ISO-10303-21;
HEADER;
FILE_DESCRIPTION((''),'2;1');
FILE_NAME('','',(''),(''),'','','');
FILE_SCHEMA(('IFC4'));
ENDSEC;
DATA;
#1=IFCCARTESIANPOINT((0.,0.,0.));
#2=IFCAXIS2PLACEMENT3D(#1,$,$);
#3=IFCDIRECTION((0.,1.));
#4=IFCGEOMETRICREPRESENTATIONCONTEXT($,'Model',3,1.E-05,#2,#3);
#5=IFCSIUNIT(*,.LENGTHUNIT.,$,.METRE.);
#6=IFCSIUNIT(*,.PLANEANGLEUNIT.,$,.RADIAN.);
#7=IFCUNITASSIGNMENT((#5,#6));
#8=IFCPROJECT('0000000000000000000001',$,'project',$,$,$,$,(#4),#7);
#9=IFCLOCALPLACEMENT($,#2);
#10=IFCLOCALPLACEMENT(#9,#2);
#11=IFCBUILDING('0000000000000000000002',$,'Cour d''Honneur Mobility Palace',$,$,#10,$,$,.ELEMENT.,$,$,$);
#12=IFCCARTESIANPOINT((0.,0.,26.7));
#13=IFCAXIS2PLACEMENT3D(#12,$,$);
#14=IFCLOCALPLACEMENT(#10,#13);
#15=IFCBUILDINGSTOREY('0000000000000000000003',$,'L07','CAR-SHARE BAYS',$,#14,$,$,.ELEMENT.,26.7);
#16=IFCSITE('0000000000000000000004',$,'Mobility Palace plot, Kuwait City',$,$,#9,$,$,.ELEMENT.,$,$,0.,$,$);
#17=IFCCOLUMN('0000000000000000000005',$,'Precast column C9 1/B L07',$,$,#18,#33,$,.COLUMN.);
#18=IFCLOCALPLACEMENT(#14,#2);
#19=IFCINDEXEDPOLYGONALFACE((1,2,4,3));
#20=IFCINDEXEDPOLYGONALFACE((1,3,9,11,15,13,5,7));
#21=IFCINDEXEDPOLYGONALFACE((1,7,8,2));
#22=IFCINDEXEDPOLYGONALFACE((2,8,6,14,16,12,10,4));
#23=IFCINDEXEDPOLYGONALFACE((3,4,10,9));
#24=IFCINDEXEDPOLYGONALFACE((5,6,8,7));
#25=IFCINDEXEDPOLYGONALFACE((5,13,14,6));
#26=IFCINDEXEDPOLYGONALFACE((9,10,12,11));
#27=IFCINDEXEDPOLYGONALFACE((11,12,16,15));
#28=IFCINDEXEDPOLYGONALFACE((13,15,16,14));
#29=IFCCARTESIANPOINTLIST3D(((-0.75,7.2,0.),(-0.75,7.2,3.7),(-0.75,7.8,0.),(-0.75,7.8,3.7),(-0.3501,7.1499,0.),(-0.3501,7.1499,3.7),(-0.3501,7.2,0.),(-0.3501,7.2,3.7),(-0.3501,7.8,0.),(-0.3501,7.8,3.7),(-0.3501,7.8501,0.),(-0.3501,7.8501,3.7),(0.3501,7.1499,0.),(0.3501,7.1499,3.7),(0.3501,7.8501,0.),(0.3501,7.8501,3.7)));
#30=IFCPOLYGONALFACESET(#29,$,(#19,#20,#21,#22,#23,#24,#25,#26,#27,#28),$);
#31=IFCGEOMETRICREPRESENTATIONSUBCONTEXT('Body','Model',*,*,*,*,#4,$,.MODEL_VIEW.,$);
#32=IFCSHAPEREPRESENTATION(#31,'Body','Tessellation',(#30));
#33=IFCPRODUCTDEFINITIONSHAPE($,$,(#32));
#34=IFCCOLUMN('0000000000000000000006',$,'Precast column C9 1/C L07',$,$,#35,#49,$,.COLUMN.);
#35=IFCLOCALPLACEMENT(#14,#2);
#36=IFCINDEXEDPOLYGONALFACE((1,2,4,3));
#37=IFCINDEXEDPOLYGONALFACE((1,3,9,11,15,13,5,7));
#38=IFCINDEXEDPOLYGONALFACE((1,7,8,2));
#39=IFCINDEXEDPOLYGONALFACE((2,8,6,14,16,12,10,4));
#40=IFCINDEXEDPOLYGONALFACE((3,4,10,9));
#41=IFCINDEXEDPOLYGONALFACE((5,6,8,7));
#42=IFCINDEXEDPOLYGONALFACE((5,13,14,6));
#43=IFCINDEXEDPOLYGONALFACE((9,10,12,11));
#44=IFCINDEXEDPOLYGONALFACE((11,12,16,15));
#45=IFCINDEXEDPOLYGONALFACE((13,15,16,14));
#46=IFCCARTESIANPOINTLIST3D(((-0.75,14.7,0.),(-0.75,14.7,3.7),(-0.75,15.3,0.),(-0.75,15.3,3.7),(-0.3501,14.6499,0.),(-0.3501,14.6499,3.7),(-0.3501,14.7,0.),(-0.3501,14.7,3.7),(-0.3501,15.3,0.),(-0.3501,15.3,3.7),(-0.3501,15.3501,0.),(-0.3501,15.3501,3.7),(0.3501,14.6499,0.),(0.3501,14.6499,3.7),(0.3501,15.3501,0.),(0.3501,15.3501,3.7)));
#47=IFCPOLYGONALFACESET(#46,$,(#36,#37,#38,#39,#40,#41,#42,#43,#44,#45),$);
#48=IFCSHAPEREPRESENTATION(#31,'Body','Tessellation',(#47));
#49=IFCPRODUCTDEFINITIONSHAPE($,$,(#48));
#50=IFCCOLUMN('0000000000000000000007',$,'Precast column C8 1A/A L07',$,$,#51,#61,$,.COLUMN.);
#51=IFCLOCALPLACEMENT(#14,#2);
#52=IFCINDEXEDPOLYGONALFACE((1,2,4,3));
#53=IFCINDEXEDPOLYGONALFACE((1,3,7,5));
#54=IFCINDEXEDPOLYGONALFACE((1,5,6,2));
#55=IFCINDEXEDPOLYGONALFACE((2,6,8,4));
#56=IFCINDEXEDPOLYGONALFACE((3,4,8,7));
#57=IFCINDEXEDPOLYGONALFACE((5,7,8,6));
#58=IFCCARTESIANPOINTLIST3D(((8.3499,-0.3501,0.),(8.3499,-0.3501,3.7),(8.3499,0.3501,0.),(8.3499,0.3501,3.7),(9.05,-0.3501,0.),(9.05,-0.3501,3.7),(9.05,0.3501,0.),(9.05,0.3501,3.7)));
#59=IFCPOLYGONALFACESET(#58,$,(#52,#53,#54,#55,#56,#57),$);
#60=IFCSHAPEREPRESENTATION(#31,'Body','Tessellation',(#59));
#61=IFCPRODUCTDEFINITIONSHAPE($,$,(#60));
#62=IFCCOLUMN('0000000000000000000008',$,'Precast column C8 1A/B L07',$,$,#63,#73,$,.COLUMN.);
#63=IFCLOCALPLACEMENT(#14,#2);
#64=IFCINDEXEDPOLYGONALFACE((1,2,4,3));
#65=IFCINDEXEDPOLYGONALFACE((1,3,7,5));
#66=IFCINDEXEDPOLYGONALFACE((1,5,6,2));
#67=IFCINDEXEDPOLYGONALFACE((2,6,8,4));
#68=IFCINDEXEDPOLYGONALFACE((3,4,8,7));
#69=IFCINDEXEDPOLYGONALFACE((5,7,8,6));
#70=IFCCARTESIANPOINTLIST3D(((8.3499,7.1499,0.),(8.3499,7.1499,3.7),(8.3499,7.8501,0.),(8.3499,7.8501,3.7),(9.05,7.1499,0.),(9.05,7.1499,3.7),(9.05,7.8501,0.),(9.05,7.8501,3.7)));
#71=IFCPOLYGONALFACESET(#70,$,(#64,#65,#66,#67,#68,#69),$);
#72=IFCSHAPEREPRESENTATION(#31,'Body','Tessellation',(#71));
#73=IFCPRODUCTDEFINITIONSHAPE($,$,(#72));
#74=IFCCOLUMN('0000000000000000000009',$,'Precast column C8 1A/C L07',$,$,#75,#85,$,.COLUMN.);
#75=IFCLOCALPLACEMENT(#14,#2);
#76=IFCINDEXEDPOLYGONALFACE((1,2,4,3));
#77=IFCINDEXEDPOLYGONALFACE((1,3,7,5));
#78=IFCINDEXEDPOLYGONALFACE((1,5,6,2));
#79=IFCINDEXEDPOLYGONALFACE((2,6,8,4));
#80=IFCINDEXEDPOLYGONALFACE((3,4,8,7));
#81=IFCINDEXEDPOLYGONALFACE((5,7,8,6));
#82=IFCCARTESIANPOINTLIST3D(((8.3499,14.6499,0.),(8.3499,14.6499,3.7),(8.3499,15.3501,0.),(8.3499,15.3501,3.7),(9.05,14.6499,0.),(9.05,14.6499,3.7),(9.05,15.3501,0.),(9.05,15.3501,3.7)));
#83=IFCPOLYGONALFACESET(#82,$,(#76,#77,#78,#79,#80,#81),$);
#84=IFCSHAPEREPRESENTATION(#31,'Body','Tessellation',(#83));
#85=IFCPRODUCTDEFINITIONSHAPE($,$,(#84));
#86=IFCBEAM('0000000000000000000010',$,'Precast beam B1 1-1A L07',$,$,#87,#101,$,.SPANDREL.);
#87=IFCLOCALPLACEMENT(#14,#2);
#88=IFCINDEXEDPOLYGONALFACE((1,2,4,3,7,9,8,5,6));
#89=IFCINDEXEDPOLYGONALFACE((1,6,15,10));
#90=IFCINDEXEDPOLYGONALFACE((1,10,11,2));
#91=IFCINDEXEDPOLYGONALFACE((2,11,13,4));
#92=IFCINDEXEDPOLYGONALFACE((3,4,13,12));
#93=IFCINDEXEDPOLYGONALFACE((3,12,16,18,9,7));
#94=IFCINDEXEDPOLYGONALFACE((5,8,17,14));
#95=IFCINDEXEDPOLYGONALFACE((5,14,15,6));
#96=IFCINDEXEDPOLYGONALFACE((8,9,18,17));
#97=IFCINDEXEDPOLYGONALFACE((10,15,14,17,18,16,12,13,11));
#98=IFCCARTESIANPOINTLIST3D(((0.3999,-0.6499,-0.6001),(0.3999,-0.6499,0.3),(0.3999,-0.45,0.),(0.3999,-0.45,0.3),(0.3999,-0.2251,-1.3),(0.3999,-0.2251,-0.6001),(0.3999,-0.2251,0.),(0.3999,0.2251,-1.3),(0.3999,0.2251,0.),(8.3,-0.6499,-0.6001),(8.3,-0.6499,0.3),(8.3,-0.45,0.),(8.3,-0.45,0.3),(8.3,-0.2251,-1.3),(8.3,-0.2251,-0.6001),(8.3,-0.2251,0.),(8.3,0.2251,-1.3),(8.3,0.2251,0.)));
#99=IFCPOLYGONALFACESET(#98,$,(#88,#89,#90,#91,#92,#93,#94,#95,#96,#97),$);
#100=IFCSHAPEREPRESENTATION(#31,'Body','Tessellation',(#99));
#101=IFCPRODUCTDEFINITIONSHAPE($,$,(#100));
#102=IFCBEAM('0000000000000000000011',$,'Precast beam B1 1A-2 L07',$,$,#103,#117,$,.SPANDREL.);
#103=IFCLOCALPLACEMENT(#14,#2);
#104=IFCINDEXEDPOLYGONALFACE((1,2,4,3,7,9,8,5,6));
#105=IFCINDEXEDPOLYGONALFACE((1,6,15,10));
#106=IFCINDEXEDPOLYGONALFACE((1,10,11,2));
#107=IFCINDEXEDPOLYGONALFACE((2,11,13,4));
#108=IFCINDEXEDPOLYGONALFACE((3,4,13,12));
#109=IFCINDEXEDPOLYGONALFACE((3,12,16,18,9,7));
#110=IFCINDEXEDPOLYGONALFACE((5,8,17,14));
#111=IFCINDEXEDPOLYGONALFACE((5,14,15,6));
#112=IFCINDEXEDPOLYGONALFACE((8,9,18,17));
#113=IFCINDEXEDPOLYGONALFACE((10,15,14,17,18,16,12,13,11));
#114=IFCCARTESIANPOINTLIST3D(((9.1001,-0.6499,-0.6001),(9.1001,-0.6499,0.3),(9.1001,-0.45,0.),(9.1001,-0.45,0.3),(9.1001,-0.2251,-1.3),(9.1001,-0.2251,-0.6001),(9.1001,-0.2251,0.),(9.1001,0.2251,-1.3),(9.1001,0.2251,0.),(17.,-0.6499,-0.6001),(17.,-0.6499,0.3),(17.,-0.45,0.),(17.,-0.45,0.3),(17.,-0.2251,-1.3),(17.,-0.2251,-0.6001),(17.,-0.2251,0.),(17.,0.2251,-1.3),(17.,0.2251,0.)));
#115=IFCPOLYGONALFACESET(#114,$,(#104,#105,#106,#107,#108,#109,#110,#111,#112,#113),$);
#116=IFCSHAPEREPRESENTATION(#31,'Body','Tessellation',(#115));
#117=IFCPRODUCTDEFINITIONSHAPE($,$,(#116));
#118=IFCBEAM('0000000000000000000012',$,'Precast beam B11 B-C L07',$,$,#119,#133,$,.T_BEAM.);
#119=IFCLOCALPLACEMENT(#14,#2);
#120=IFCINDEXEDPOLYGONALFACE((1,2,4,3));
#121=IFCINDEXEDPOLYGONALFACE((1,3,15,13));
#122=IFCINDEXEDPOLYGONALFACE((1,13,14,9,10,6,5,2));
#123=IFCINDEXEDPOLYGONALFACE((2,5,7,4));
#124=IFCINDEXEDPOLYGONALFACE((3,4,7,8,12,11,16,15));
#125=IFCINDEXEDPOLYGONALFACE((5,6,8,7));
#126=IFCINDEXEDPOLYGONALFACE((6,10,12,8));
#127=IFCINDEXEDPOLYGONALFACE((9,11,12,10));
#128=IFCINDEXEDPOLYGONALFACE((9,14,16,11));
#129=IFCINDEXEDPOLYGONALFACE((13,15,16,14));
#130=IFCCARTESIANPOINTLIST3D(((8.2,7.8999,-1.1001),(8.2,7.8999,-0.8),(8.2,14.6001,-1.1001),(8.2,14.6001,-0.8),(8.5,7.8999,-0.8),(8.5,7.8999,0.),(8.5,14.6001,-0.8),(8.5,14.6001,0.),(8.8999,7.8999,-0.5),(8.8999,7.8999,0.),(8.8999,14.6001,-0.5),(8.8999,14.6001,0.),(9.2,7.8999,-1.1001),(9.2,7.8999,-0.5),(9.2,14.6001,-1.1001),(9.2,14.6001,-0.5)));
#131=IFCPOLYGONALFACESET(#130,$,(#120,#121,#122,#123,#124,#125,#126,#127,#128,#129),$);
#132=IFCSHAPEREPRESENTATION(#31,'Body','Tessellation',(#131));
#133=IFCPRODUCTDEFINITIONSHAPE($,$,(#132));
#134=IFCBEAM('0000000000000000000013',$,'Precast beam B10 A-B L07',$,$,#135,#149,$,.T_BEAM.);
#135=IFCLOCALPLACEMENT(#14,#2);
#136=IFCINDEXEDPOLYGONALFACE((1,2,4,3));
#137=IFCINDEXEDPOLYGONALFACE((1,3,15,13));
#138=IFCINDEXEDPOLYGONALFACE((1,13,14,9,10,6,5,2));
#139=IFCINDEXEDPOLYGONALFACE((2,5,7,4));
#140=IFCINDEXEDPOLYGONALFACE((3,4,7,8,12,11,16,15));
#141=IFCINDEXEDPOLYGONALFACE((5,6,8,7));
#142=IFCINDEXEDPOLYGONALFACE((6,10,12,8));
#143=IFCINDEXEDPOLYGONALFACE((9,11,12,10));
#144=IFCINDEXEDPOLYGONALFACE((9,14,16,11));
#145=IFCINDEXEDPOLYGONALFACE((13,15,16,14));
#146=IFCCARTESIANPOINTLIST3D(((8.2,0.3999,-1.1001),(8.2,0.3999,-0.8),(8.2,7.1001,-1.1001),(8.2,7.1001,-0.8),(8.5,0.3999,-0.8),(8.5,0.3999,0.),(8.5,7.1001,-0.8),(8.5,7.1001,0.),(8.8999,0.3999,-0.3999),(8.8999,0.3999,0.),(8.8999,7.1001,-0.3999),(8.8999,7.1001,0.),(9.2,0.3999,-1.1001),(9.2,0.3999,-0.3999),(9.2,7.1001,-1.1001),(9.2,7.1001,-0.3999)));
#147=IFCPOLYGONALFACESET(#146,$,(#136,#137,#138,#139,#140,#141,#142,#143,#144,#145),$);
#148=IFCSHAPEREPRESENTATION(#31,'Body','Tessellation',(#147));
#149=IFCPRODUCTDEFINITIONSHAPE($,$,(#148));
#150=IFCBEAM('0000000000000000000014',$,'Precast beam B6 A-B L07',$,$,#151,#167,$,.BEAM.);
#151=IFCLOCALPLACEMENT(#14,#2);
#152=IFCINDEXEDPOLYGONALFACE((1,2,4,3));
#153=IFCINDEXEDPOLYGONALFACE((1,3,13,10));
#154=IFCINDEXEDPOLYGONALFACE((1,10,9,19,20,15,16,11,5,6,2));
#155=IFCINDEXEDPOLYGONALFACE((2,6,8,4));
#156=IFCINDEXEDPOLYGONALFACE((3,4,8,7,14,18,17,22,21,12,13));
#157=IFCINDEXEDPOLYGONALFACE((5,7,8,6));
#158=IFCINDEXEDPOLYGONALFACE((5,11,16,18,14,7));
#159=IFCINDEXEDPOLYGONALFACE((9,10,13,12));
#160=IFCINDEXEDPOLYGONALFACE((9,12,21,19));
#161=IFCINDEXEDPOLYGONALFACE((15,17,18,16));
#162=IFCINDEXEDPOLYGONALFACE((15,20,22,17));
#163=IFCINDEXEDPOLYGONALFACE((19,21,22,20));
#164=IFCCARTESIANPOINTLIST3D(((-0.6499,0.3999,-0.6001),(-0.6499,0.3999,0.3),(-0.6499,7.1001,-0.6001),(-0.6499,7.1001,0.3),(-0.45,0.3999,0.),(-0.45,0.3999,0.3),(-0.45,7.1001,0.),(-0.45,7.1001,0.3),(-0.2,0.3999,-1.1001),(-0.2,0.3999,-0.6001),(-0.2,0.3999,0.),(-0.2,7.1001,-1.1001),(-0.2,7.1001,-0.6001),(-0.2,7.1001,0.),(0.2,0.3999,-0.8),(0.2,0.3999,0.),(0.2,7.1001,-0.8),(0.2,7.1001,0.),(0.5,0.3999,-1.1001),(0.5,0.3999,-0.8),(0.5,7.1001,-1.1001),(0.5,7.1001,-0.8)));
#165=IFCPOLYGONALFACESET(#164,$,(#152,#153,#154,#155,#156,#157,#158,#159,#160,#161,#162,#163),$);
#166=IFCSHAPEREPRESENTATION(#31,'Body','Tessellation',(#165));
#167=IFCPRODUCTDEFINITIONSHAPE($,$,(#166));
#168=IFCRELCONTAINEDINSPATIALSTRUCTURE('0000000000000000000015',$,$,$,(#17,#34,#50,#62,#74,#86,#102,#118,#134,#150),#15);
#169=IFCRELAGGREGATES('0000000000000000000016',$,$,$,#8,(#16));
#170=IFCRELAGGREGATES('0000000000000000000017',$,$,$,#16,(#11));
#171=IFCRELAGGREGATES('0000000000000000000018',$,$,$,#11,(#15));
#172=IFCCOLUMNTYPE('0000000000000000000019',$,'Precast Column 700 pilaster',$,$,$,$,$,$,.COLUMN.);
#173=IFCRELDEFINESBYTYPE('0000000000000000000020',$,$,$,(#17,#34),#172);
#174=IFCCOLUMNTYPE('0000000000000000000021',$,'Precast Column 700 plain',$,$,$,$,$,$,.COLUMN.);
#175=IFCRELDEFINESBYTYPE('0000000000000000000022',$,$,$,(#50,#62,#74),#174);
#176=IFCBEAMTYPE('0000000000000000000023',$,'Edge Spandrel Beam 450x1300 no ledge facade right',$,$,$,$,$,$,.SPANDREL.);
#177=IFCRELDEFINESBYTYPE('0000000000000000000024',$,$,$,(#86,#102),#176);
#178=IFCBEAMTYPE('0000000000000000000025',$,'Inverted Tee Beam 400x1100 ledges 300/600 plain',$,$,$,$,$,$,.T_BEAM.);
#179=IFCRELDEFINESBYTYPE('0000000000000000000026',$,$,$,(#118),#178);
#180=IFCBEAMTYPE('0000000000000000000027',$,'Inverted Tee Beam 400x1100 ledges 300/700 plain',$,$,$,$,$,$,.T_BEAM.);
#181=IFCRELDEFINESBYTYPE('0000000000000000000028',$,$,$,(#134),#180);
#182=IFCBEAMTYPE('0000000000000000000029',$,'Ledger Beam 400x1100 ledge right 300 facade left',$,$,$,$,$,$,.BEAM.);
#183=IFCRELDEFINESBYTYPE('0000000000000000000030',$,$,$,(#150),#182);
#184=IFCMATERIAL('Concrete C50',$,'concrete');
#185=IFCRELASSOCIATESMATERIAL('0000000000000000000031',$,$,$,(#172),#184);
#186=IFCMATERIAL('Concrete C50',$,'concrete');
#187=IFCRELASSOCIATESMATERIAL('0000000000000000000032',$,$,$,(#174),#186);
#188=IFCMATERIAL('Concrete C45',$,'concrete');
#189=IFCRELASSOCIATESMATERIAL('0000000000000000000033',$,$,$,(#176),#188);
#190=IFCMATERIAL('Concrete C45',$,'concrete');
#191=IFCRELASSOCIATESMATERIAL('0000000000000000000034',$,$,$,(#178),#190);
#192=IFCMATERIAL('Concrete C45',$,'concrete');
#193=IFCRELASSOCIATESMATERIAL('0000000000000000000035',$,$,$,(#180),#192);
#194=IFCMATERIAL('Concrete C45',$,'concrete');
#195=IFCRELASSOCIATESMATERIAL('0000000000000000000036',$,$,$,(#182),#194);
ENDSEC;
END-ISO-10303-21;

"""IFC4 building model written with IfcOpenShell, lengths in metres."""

from ifc_helpers import new_model, si_unit, direction, frame, origin, place, context, subcontext, project, spatial, polyline, outline, extrude, material, material_profile, profile_set, type_object, element, save


model = new_model("IFC4")

# Units and contexts
model_context = context("Model", 3, precision=1e-05, world=origin(), true_north=direction((0.0, 1.0)))
body_context = subcontext(model_context, "Body", "Model", "MODEL_VIEW")
ifc_project = project(units=[si_unit("LENGTHUNIT", "METRE"), si_unit("PLANEANGLEUNIT", "RADIAN")], contexts=[model_context])

# Site, building, storey
site_placement = place(None, origin())
site = spatial("IfcSite", under=ifc_project, at=site_placement, Name="Mobility Palace plot, Kuwait City", CompositionType="ELEMENT", RefElevation=0.0)
building_placement = place(site_placement, origin())
building = spatial("IfcBuilding", under=site, at=building_placement, Name="Cour d'Honneur Mobility Palace", CompositionType="ELEMENT")
storey_placement = place(building_placement, frame((0.0, 0.0, 26.7)))
storey = spatial("IfcBuildingStorey", under=building, at=storey_placement, Name="L07", Description="CAR-SHARE BAYS", CompositionType="ELEMENT", Elevation=26.7)

# Columns
ifc_material_1 = material(Name="Concrete C50", Category="concrete")
ifc_material_profile_1 = material_profile(ifc_material_1, outline(polyline([(-0.3501, -0.3501), (0.3501, -0.3501), (0.3501, -0.3), (0.75, -0.3), (0.75, 0.3), (0.3501, 0.3), (0.3501, 0.3501), (-0.3501, 0.3501), (-0.3501, -0.3501)])), Name="PC C700 pilaster")
ifc_profile_set_1 = profile_set([ifc_material_profile_1], Name="Concrete C50")
column_type_1 = type_object("IfcColumnType", Name="Precast Column 700 pilaster", PredefinedType="COLUMN", material=ifc_profile_set_1)
for number, where, z_axis, x_axis, name in (
    (1, (0.0, 7.5, 0.0), (0.0, 0.0, 1.0), (-1.0, 0.0, 0.0), "Precast column C9 1/B L07"),
    (2, (0.0, 15.0, 0.0), (0.0, 0.0, 1.0), (-1.0, 0.0, 0.0), "Precast column C9 1/C L07"),
):
    element("IfcColumn", number, at=place(storey_placement, frame(where, z_axis=z_axis, x_axis=x_axis)), inside=storey, type_object=column_type_1, Name=name, PredefinedType="COLUMN", context=body_context, shape_type="SweptSolid", body=[
        extrude(outline(polyline([(-0.3501, -0.3501), (0.3501, -0.3501), (0.3501, -0.3), (0.75, -0.3), (0.75, 0.3), (0.3501, 0.3), (0.3501, 0.3501), (-0.3501, 0.3501), (-0.3501, -0.3501)])), origin(), (0.0, 0.0, 1.0), 3.7),
    ])
ifc_material_2 = material(Name="Concrete C50", Category="concrete")
ifc_material_profile_2 = material_profile(ifc_material_2, outline(polyline([(-0.3501, -0.3501), (0.3501, -0.3501), (0.3501, 0.3501), (-0.3501, 0.3501), (-0.3501, -0.3501)])), Name="PC C700 plain")
ifc_profile_set_2 = profile_set([ifc_material_profile_2], Name="Concrete C50")
column_type_2 = type_object("IfcColumnType", Name="Precast Column 700 plain", PredefinedType="COLUMN", material=ifc_profile_set_2)
for number, where, z_axis, x_axis, name in (
    (3, (8.7, 0.0, 0.0), (0.0, 0.0, 1.0), (1.0, 0.0, 0.0), "Precast column C8 1A/A L07"),
    (4, (8.7, 7.5, 0.0), (0.0, 0.0, 1.0), (1.0, 0.0, 0.0), "Precast column C8 1A/B L07"),
    (5, (8.7, 15.0, 0.0), (0.0, 0.0, 1.0), (1.0, 0.0, 0.0), "Precast column C8 1A/C L07"),
):
    element("IfcColumn", number, at=place(storey_placement, frame(where, z_axis=z_axis, x_axis=x_axis)), inside=storey, type_object=column_type_2, Name=name, PredefinedType="COLUMN", context=body_context, shape_type="SweptSolid", body=[
        extrude(outline(polyline([(-0.3501, -0.3501), (0.3501, -0.3501), (0.3501, 0.3501), (-0.3501, 0.3501), (-0.3501, -0.3501)])), origin(), (0.0, 0.0, 1.0), 3.7),
    ])

# Beams
ifc_material_3 = material(Name="Concrete C45", Category="concrete")
ifc_material_profile_3 = material_profile(ifc_material_3, outline(polyline([(0.2251, -1.3), (0.2251, 0.0), (-0.2251, 0.0), (-0.45, 0.0), (-0.45, 0.3), (-0.6499, 0.3), (-0.6499, -0.6001), (-0.2251, -0.6001), (-0.2251, -1.3), (0.2251, -1.3)])), Name="Edge Spandrel Beam 450x1300 no ledge facade right")
ifc_profile_set_3 = profile_set([ifc_material_profile_3], Name="Concrete C45")
beam_type_1 = type_object("IfcBeamType", Name="Edge Spandrel Beam 450x1300 no ledge facade right", PredefinedType="SPANDREL", material=ifc_profile_set_3)
beam_1_placement = place(storey_placement, frame((0.3999, 0.0, 0.0), z_axis=(1.0, 0.0, 0.0), x_axis=(0.0, 1.0, 0.0)))
element("IfcBeam", 6, at=beam_1_placement, inside=storey, type_object=beam_type_1, Name="Precast beam B1 1-1A L07", PredefinedType="SPANDREL", context=body_context, shape_type="SweptSolid", body=[
    extrude(outline(polyline([(0.2251, -1.3), (0.2251, 0.0), (-0.2251, 0.0), (-0.45, 0.0), (-0.45, 0.3), (-0.6499, 0.3), (-0.6499, -0.6001), (-0.2251, -0.6001), (-0.2251, -1.3), (0.2251, -1.3)])), origin(), (0.0, 0.0, 1.0), 7.9001),
])
beam_2_placement = place(storey_placement, frame((9.1001, 0.0, 0.0), z_axis=(1.0, 0.0, 0.0), x_axis=(0.0, 1.0, 0.0)))
element("IfcBeam", 7, at=beam_2_placement, inside=storey, type_object=beam_type_1, Name="Precast beam B1 1A-2 L07", PredefinedType="SPANDREL", context=body_context, shape_type="SweptSolid", body=[
    extrude(outline(polyline([(0.2251, -1.3), (0.2251, 0.0), (-0.2251, 0.0), (-0.45, 0.0), (-0.45, 0.3), (-0.6499, 0.3), (-0.6499, -0.6001), (-0.2251, -0.6001), (-0.2251, -1.3), (0.2251, -1.3)])), origin(), (0.0, 0.0, 1.0), 7.8999),
])
ifc_material_4 = material(Name="Concrete C45", Category="concrete")
ifc_material_profile_4 = material_profile(ifc_material_4, outline(polyline([(0.5, -1.1001), (0.5, -0.8), (0.2, -0.8), (0.2, 0.0), (-0.2, 0.0), (-0.2, -0.5), (-0.5, -0.5), (-0.5, -1.1001), (0.5, -1.1001)])), Name="Inverted Tee Beam 400x1100 ledges 300/600 plain")
ifc_profile_set_4 = profile_set([ifc_material_profile_4], Name="Concrete C45")
beam_type_2 = type_object("IfcBeamType", Name="Inverted Tee Beam 400x1100 ledges 300/600 plain", PredefinedType="T_BEAM", material=ifc_profile_set_4)
beam_3_placement = place(storey_placement, frame((8.7, 7.8999, 0.0), z_axis=(0.0, 1.0, 0.0), x_axis=(-1.0, 0.0, 0.0)))
element("IfcBeam", 8, at=beam_3_placement, inside=storey, type_object=beam_type_2, Name="Precast beam B11 B-C L07", PredefinedType="T_BEAM", context=body_context, shape_type="SweptSolid", body=[
    extrude(outline(polyline([(0.5, -1.1001), (0.5, -0.8), (0.2, -0.8), (0.2, 0.0), (-0.2, 0.0), (-0.2, -0.5), (-0.5, -0.5), (-0.5, -1.1001), (0.5, -1.1001)])), origin(), (0.0, 0.0, 1.0), 6.7002),
])
ifc_material_5 = material(Name="Concrete C45", Category="concrete")
ifc_material_profile_5 = material_profile(ifc_material_5, outline(polyline([(0.5, -1.1001), (0.5, -0.8), (0.2, -0.8), (0.2, 0.0), (-0.2, 0.0), (-0.2, -0.3999), (-0.5, -0.3999), (-0.5, -1.1001), (0.5, -1.1001)])), Name="Inverted Tee Beam 400x1100 ledges 300/700 plain")
ifc_profile_set_5 = profile_set([ifc_material_profile_5], Name="Concrete C45")
beam_type_3 = type_object("IfcBeamType", Name="Inverted Tee Beam 400x1100 ledges 300/700 plain", PredefinedType="T_BEAM", material=ifc_profile_set_5)
beam_4_placement = place(storey_placement, frame((8.7, 0.3999, 0.0), z_axis=(0.0, 1.0, 0.0), x_axis=(-1.0, 0.0, 0.0)))
element("IfcBeam", 9, at=beam_4_placement, inside=storey, type_object=beam_type_3, Name="Precast beam B10 A-B L07", PredefinedType="T_BEAM", context=body_context, shape_type="SweptSolid", body=[
    extrude(outline(polyline([(0.5, -1.1001), (0.5, -0.8), (0.2, -0.8), (0.2, 0.0), (-0.2, 0.0), (-0.2, -0.3999), (-0.5, -0.3999), (-0.5, -1.1001), (0.5, -1.1001)])), origin(), (0.0, 0.0, 1.0), 6.7002),
])
ifc_material_6 = material(Name="Concrete C45", Category="concrete")
ifc_material_profile_6 = material_profile(ifc_material_6, outline(polyline([(0.2, -1.1001), (0.2, -0.6001), (0.6499, -0.6001), (0.6499, 0.3), (0.45, 0.3), (0.45, 0.0), (0.2, 0.0), (-0.2, 0.0), (-0.2, -0.8), (-0.5, -0.8), (-0.5, -1.1001), (0.2, -1.1001)])), Name="Ledger Beam 400x1100 ledge right 300 facade left")
ifc_profile_set_6 = profile_set([ifc_material_profile_6], Name="Concrete C45")
beam_type_4 = type_object("IfcBeamType", Name="Ledger Beam 400x1100 ledge right 300 facade left", PredefinedType="BEAM", material=ifc_profile_set_6)
for number, where, z_axis, x_axis, name in (
    (10, (0.0, 0.3999, 0.0), (0.0, 1.0, 0.0), (-1.0, 0.0, 0.0), "Precast beam B6 A-B L07"),
):
    element("IfcBeam", number, at=place(storey_placement, frame(where, z_axis=z_axis, x_axis=x_axis)), inside=storey, type_object=beam_type_4, Name=name, PredefinedType="BEAM", context=body_context, shape_type="SweptSolid", body=[
        extrude(outline(polyline([(0.2, -1.1001), (0.2, -0.6001), (0.6499, -0.6001), (0.6499, 0.3), (0.45, 0.3), (0.45, 0.0), (0.2, 0.0), (-0.2, 0.0), (-0.2, -0.8), (-0.5, -0.8), (-0.5, -1.1001), (0.2, -1.1001)])), origin(), (0.0, 0.0, 1.0), 6.7002),
    ])

save(model, "model.ifc")
